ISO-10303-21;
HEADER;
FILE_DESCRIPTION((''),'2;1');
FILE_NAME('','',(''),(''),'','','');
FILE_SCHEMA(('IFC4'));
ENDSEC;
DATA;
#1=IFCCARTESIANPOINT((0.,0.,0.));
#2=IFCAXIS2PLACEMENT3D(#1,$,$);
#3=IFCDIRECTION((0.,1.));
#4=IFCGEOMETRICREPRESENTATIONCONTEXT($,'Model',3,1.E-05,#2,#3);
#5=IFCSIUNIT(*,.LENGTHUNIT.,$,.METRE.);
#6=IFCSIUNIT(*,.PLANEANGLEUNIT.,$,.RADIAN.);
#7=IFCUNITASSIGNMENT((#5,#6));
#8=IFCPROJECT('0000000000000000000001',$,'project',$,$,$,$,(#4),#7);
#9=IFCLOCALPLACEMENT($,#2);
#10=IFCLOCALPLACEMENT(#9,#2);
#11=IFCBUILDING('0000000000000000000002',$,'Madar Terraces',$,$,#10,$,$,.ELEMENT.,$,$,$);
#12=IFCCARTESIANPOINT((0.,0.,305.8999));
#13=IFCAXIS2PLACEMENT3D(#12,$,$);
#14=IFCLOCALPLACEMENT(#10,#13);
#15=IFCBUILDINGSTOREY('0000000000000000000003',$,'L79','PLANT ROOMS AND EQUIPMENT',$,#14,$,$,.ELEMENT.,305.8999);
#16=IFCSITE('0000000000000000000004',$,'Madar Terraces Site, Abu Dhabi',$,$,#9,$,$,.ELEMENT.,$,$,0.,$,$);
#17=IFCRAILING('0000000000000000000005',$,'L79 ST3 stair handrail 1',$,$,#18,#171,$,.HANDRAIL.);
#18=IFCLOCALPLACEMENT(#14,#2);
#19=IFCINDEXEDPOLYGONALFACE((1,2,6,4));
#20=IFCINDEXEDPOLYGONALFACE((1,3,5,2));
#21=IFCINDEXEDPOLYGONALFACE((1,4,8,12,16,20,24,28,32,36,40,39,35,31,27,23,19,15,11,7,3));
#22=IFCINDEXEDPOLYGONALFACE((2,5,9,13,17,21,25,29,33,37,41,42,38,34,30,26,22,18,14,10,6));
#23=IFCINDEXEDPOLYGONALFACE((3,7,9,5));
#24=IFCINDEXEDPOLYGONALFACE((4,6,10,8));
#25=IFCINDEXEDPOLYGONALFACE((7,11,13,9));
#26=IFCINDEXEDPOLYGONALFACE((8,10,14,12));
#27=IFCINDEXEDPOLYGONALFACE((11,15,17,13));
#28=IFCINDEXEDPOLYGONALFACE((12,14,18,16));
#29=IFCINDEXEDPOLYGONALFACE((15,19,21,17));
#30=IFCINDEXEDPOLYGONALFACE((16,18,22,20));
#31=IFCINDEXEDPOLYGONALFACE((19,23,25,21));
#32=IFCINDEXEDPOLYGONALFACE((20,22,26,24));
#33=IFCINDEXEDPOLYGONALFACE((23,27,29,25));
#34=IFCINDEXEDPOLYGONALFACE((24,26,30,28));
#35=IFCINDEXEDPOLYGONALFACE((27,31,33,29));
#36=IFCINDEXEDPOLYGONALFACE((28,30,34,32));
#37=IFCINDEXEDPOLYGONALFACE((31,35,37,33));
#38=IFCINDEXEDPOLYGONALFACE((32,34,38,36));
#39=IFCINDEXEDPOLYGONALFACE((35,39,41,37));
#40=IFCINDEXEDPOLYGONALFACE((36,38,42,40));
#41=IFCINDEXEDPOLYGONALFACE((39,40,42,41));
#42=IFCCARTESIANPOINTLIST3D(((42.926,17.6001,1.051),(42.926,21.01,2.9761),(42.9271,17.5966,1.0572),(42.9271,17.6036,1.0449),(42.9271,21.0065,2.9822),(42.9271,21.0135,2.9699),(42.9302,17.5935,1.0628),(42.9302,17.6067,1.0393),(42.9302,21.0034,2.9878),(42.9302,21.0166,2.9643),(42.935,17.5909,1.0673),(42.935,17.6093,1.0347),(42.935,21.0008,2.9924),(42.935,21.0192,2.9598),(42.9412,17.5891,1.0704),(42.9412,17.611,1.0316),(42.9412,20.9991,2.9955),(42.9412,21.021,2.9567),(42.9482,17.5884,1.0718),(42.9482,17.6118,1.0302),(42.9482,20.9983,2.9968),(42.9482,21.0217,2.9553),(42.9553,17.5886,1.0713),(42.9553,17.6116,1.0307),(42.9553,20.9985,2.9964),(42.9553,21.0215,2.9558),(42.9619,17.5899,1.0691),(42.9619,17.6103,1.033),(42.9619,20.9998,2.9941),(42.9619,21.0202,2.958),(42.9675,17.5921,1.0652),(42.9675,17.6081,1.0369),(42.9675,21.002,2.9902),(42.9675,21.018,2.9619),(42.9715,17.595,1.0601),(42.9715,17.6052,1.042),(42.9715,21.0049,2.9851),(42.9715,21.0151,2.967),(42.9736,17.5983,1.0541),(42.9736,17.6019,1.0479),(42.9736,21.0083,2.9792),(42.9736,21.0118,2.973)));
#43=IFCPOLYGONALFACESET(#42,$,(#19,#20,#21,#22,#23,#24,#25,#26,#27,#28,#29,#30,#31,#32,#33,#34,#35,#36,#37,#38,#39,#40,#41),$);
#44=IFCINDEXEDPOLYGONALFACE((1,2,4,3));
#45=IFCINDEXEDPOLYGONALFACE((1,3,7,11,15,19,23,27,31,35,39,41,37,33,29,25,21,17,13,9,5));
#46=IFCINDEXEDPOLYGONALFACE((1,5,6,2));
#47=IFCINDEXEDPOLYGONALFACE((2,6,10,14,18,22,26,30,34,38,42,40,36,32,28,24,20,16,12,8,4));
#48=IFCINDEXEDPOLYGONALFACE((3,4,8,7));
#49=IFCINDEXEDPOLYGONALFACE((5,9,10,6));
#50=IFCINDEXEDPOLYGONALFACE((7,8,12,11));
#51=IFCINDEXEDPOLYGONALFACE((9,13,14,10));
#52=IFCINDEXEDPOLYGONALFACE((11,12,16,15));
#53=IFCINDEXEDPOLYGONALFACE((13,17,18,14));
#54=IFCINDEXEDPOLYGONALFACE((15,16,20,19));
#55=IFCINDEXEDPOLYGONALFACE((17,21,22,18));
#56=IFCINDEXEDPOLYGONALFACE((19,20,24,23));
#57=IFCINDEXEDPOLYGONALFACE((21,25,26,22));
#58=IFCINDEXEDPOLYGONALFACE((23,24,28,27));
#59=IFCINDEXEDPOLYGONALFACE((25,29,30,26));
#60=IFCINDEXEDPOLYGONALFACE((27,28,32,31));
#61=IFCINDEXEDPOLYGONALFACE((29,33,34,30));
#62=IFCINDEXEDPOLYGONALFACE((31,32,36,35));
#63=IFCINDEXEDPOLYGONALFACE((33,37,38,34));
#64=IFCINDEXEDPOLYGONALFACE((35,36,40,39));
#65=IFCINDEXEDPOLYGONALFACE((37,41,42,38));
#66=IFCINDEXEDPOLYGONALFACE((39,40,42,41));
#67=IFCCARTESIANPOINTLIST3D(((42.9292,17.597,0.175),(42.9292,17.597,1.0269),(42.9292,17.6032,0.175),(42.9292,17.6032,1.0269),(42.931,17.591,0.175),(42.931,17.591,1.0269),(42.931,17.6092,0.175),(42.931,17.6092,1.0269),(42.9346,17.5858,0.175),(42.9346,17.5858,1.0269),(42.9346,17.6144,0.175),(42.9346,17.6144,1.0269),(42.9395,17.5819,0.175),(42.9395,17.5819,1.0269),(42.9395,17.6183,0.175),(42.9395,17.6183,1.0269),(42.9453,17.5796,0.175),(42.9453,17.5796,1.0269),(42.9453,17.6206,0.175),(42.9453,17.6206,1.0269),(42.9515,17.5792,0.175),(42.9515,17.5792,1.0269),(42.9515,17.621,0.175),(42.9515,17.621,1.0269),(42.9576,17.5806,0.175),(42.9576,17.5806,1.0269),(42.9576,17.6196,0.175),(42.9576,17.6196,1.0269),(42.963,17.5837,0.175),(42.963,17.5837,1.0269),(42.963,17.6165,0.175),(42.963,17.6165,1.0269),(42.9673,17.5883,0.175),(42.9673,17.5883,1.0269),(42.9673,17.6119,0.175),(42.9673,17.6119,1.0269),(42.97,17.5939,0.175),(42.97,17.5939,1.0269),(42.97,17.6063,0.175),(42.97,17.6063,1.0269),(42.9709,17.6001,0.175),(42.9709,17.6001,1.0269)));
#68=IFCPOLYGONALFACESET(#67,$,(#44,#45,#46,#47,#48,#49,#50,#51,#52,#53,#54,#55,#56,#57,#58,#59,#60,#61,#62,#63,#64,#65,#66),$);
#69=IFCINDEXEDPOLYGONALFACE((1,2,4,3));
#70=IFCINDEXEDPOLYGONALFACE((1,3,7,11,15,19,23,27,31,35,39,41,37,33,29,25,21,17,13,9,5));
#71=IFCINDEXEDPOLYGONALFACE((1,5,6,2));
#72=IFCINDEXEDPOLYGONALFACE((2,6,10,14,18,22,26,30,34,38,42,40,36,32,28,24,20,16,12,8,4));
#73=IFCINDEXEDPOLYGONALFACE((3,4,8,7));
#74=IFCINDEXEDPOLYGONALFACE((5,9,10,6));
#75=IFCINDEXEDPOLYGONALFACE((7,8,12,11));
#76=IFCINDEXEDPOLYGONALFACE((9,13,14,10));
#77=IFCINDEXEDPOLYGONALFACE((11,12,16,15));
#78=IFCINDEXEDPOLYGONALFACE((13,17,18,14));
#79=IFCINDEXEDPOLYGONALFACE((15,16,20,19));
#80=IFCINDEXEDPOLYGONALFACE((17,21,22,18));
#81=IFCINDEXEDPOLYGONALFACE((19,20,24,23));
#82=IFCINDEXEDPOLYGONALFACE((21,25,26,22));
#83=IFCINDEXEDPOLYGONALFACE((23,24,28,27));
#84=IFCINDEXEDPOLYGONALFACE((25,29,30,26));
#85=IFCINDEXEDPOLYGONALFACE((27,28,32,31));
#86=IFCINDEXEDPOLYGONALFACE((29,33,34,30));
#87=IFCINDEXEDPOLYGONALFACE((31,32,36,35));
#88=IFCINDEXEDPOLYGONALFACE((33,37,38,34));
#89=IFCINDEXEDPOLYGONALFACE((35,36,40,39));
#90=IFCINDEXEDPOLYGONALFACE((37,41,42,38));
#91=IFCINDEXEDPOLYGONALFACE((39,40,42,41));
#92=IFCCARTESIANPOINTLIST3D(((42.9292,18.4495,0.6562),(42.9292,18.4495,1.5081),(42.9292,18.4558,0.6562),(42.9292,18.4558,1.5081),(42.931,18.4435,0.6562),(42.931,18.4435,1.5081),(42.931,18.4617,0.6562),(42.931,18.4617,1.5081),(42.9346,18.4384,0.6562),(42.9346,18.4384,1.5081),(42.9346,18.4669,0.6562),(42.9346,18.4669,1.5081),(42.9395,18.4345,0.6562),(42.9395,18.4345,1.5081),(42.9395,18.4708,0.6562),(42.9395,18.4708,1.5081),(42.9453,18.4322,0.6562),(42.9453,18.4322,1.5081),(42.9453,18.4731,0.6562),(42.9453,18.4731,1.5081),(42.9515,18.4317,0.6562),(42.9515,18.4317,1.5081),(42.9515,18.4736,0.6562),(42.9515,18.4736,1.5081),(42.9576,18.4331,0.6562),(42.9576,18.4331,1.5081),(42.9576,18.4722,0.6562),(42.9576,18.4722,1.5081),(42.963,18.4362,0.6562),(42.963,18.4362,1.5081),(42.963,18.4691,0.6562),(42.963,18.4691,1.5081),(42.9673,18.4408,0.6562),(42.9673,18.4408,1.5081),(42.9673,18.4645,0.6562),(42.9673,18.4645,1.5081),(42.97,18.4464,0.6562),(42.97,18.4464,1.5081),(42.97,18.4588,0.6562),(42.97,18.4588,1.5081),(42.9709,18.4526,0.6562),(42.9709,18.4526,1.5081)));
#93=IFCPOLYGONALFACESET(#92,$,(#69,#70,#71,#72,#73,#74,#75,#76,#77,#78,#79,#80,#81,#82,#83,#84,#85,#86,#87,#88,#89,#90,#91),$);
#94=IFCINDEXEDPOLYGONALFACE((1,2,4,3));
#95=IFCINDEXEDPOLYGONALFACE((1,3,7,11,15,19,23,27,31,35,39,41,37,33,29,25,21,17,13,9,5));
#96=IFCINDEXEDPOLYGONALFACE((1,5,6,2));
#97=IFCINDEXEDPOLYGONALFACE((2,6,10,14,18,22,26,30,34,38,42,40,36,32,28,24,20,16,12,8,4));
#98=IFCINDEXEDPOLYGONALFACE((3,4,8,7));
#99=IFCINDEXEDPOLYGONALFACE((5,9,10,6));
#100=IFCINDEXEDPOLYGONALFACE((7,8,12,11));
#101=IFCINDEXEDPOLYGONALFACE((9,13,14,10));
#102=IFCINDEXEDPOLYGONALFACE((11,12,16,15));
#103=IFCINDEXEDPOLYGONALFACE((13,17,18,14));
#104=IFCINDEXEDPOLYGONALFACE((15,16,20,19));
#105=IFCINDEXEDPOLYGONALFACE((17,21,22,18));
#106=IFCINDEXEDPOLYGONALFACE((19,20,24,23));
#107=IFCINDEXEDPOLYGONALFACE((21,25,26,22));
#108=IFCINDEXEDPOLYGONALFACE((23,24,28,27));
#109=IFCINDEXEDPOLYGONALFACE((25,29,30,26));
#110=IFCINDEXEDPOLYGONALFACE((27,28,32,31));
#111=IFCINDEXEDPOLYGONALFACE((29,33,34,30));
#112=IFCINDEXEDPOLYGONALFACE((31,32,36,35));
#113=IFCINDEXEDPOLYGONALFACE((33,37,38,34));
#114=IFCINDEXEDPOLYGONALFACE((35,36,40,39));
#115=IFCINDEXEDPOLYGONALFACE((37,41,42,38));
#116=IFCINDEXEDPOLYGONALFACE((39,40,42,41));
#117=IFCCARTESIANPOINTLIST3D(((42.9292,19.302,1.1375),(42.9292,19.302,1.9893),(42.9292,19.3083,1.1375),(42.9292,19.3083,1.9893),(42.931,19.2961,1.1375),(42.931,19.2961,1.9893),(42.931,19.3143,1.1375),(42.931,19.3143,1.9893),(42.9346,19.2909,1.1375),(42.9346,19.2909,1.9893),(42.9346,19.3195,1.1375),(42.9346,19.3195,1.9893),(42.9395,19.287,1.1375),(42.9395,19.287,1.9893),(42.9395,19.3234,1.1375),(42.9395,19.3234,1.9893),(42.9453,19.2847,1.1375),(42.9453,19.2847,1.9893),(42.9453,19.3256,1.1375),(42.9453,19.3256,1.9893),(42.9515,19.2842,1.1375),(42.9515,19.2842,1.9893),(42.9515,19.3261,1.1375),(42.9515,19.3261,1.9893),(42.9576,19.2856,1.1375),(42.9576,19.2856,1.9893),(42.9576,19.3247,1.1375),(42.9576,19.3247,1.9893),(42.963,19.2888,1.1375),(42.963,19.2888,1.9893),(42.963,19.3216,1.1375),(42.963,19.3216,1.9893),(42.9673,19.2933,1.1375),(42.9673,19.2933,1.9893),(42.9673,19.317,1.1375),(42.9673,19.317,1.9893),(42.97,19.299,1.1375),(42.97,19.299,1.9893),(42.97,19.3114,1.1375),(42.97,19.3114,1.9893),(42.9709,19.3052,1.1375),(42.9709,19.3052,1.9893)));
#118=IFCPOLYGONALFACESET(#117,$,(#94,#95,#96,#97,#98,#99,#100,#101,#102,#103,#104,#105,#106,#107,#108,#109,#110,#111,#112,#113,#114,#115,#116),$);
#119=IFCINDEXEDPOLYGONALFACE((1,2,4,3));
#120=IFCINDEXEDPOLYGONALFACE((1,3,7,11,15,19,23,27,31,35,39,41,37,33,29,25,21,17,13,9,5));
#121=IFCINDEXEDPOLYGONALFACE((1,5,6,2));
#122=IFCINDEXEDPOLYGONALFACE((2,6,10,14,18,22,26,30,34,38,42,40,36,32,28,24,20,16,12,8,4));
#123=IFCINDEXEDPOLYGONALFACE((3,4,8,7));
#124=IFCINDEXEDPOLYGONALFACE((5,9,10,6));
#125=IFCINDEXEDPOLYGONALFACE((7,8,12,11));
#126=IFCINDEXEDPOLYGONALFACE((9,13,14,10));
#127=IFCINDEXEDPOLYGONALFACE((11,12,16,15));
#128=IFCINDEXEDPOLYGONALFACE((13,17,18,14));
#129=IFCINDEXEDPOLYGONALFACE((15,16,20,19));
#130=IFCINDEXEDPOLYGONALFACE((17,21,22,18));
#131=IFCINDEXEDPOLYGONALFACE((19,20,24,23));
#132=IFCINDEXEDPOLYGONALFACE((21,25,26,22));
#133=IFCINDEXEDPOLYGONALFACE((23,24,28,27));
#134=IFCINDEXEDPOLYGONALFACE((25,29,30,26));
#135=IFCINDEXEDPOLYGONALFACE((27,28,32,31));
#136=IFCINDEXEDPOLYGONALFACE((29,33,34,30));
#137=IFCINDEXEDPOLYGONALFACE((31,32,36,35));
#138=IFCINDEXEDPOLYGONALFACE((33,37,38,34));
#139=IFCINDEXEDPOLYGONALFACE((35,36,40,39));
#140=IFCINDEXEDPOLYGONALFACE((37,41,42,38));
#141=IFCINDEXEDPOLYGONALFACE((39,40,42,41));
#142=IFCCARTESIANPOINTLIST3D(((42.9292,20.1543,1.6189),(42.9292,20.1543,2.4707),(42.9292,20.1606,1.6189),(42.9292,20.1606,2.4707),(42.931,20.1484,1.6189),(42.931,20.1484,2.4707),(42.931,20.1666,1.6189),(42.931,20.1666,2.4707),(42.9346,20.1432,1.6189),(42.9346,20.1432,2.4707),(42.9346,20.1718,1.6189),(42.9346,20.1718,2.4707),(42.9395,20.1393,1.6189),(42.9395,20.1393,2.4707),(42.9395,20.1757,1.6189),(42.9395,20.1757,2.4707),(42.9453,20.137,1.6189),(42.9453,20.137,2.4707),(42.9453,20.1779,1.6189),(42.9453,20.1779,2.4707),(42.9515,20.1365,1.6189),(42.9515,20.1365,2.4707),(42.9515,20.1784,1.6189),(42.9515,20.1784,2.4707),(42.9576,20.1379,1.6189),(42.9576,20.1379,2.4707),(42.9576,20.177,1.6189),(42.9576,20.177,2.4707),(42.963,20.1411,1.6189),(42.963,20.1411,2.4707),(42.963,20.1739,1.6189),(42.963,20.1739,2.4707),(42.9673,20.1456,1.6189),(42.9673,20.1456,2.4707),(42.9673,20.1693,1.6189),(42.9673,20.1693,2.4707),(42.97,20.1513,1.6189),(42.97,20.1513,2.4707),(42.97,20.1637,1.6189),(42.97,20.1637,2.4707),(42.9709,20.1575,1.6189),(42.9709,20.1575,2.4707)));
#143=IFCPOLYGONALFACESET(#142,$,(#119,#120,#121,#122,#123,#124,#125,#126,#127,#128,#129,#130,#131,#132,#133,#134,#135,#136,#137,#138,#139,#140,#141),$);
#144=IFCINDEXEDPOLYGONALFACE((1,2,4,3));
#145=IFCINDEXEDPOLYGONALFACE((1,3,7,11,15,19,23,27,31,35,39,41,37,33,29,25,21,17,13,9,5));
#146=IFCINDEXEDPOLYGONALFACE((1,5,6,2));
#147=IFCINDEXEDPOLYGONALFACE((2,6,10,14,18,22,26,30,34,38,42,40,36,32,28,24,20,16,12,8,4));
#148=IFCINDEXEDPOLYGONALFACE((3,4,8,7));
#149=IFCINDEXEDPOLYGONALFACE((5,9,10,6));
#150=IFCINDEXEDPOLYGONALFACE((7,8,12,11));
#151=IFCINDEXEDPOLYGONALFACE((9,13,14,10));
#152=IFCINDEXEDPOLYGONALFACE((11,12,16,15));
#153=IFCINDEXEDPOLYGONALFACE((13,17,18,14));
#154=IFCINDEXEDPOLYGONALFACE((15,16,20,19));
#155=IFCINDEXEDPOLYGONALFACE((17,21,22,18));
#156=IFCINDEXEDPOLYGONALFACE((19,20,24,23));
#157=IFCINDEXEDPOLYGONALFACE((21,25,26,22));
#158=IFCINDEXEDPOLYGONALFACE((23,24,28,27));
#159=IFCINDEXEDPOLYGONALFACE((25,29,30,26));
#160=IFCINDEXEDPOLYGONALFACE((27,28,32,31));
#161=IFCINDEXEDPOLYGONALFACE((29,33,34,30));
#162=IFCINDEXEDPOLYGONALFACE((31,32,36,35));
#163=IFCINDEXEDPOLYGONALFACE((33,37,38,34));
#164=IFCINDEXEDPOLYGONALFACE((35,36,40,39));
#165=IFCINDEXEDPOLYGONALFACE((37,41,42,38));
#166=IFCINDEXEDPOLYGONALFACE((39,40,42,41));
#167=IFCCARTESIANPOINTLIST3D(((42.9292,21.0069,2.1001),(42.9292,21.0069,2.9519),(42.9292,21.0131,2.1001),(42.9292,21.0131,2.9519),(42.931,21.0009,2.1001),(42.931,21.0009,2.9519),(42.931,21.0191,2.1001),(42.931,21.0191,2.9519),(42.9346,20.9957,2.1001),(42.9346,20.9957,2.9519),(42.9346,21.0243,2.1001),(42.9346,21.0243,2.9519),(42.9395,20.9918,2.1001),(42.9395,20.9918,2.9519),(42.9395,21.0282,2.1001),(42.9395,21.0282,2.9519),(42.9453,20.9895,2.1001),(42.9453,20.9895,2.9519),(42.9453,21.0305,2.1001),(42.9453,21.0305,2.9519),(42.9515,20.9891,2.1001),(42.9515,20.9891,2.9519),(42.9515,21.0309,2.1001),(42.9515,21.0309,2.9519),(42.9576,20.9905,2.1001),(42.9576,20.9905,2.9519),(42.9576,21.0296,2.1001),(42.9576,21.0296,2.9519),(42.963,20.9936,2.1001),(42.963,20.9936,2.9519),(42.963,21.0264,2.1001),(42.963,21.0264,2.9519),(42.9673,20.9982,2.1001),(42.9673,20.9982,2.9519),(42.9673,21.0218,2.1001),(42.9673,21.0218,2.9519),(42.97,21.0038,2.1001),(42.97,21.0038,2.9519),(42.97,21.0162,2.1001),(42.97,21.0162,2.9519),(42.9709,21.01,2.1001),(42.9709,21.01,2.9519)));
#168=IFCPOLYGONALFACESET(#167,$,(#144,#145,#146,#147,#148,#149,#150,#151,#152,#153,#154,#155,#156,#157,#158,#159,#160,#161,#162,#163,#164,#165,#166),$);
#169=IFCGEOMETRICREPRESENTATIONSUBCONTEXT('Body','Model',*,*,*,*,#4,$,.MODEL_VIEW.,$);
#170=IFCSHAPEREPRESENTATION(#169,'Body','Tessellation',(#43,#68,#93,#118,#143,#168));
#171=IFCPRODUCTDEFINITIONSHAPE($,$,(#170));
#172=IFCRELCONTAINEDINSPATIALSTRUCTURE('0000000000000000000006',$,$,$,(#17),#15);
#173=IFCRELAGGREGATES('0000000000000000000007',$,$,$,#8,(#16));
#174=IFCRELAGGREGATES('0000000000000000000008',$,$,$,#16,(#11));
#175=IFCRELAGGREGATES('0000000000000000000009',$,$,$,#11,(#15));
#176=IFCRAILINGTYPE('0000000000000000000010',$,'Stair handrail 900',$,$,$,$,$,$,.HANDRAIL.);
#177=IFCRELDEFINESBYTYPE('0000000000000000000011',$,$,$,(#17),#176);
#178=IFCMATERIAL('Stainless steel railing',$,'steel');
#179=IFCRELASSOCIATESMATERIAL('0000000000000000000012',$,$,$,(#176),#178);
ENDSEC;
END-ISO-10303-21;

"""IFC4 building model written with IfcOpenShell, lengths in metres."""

from ifc_helpers import new_model, si_unit, direction, frame, origin, origin_2d, place, context, subcontext, project, spatial, circle, extrude, material, type_object, element, save


model = new_model("IFC4")

# Units and contexts
model_context = context("Model", 3, precision=1e-05, world=origin(), true_north=direction((0.0, 1.0)))
body_context = subcontext(model_context, "Body", "Model", "MODEL_VIEW")
ifc_project = project(units=[si_unit("LENGTHUNIT", "METRE"), si_unit("PLANEANGLEUNIT", "RADIAN")], contexts=[model_context])

# Site, building, storey
site_placement = place(None, origin())
site = spatial("IfcSite", under=ifc_project, at=site_placement, Name="Madar Terraces Site, Abu Dhabi", CompositionType="ELEMENT", RefElevation=0.0)
building_placement = place(site_placement, origin())
building = spatial("IfcBuilding", under=site, at=building_placement, Name="Madar Terraces", CompositionType="ELEMENT")
storey_placement = place(building_placement, frame((0.0, 0.0, 305.8999)))
storey = spatial("IfcBuildingStorey", under=building, at=storey_placement, Name="L79", Description="PLANT ROOMS AND EQUIPMENT", CompositionType="ELEMENT", Elevation=305.8999)

# Railing
ifc_material_1 = material(Name="Stainless steel railing", Category="steel")
railing_type_1 = type_object("IfcRailingType", Name="Stair handrail 900", PredefinedType="HANDRAIL", material=ifc_material_1)
railing_1_placement = place(storey_placement, frame((42.95, 17.6001, 0.175)))
element("IfcRailing", 1, at=railing_1_placement, inside=storey, type_object=railing_type_1, Name="L79 ST3 stair handrail 1", PredefinedType="HANDRAIL", context=body_context, shape_type="SweptSolid", body=[
    extrude(circle(Radius=0.0239, at=origin_2d()), frame((0.0, 0.0, 0.876), z_axis=(0.0, 0.870814, 0.491613), x_axis=(-1.0, 0.0, 0.0)), (0.0, 0.0, 1.0), 3.9158),
    extrude(circle(Radius=0.021, at=origin_2d()), origin(), (0.0, 0.0, 1.0), 0.8518),
    extrude(circle(Radius=0.021, at=origin_2d()), frame((0.0, 0.8525, 0.4812)), (0.0, 0.0, 1.0), 0.8518),
    extrude(circle(Radius=0.021, at=origin_2d()), frame((0.0, 1.7051, 0.9624)), (0.0, 0.0, 1.0), 0.8518),
    extrude(circle(Radius=0.021, at=origin_2d()), frame((0.0, 2.5574, 1.4438)), (0.0, 0.0, 1.0), 0.8518),
    extrude(circle(Radius=0.021, at=origin_2d()), frame((0.0, 3.4099, 1.925)), (0.0, 0.0, 1.0), 0.8518),
])

save(model, "model.ifc")
